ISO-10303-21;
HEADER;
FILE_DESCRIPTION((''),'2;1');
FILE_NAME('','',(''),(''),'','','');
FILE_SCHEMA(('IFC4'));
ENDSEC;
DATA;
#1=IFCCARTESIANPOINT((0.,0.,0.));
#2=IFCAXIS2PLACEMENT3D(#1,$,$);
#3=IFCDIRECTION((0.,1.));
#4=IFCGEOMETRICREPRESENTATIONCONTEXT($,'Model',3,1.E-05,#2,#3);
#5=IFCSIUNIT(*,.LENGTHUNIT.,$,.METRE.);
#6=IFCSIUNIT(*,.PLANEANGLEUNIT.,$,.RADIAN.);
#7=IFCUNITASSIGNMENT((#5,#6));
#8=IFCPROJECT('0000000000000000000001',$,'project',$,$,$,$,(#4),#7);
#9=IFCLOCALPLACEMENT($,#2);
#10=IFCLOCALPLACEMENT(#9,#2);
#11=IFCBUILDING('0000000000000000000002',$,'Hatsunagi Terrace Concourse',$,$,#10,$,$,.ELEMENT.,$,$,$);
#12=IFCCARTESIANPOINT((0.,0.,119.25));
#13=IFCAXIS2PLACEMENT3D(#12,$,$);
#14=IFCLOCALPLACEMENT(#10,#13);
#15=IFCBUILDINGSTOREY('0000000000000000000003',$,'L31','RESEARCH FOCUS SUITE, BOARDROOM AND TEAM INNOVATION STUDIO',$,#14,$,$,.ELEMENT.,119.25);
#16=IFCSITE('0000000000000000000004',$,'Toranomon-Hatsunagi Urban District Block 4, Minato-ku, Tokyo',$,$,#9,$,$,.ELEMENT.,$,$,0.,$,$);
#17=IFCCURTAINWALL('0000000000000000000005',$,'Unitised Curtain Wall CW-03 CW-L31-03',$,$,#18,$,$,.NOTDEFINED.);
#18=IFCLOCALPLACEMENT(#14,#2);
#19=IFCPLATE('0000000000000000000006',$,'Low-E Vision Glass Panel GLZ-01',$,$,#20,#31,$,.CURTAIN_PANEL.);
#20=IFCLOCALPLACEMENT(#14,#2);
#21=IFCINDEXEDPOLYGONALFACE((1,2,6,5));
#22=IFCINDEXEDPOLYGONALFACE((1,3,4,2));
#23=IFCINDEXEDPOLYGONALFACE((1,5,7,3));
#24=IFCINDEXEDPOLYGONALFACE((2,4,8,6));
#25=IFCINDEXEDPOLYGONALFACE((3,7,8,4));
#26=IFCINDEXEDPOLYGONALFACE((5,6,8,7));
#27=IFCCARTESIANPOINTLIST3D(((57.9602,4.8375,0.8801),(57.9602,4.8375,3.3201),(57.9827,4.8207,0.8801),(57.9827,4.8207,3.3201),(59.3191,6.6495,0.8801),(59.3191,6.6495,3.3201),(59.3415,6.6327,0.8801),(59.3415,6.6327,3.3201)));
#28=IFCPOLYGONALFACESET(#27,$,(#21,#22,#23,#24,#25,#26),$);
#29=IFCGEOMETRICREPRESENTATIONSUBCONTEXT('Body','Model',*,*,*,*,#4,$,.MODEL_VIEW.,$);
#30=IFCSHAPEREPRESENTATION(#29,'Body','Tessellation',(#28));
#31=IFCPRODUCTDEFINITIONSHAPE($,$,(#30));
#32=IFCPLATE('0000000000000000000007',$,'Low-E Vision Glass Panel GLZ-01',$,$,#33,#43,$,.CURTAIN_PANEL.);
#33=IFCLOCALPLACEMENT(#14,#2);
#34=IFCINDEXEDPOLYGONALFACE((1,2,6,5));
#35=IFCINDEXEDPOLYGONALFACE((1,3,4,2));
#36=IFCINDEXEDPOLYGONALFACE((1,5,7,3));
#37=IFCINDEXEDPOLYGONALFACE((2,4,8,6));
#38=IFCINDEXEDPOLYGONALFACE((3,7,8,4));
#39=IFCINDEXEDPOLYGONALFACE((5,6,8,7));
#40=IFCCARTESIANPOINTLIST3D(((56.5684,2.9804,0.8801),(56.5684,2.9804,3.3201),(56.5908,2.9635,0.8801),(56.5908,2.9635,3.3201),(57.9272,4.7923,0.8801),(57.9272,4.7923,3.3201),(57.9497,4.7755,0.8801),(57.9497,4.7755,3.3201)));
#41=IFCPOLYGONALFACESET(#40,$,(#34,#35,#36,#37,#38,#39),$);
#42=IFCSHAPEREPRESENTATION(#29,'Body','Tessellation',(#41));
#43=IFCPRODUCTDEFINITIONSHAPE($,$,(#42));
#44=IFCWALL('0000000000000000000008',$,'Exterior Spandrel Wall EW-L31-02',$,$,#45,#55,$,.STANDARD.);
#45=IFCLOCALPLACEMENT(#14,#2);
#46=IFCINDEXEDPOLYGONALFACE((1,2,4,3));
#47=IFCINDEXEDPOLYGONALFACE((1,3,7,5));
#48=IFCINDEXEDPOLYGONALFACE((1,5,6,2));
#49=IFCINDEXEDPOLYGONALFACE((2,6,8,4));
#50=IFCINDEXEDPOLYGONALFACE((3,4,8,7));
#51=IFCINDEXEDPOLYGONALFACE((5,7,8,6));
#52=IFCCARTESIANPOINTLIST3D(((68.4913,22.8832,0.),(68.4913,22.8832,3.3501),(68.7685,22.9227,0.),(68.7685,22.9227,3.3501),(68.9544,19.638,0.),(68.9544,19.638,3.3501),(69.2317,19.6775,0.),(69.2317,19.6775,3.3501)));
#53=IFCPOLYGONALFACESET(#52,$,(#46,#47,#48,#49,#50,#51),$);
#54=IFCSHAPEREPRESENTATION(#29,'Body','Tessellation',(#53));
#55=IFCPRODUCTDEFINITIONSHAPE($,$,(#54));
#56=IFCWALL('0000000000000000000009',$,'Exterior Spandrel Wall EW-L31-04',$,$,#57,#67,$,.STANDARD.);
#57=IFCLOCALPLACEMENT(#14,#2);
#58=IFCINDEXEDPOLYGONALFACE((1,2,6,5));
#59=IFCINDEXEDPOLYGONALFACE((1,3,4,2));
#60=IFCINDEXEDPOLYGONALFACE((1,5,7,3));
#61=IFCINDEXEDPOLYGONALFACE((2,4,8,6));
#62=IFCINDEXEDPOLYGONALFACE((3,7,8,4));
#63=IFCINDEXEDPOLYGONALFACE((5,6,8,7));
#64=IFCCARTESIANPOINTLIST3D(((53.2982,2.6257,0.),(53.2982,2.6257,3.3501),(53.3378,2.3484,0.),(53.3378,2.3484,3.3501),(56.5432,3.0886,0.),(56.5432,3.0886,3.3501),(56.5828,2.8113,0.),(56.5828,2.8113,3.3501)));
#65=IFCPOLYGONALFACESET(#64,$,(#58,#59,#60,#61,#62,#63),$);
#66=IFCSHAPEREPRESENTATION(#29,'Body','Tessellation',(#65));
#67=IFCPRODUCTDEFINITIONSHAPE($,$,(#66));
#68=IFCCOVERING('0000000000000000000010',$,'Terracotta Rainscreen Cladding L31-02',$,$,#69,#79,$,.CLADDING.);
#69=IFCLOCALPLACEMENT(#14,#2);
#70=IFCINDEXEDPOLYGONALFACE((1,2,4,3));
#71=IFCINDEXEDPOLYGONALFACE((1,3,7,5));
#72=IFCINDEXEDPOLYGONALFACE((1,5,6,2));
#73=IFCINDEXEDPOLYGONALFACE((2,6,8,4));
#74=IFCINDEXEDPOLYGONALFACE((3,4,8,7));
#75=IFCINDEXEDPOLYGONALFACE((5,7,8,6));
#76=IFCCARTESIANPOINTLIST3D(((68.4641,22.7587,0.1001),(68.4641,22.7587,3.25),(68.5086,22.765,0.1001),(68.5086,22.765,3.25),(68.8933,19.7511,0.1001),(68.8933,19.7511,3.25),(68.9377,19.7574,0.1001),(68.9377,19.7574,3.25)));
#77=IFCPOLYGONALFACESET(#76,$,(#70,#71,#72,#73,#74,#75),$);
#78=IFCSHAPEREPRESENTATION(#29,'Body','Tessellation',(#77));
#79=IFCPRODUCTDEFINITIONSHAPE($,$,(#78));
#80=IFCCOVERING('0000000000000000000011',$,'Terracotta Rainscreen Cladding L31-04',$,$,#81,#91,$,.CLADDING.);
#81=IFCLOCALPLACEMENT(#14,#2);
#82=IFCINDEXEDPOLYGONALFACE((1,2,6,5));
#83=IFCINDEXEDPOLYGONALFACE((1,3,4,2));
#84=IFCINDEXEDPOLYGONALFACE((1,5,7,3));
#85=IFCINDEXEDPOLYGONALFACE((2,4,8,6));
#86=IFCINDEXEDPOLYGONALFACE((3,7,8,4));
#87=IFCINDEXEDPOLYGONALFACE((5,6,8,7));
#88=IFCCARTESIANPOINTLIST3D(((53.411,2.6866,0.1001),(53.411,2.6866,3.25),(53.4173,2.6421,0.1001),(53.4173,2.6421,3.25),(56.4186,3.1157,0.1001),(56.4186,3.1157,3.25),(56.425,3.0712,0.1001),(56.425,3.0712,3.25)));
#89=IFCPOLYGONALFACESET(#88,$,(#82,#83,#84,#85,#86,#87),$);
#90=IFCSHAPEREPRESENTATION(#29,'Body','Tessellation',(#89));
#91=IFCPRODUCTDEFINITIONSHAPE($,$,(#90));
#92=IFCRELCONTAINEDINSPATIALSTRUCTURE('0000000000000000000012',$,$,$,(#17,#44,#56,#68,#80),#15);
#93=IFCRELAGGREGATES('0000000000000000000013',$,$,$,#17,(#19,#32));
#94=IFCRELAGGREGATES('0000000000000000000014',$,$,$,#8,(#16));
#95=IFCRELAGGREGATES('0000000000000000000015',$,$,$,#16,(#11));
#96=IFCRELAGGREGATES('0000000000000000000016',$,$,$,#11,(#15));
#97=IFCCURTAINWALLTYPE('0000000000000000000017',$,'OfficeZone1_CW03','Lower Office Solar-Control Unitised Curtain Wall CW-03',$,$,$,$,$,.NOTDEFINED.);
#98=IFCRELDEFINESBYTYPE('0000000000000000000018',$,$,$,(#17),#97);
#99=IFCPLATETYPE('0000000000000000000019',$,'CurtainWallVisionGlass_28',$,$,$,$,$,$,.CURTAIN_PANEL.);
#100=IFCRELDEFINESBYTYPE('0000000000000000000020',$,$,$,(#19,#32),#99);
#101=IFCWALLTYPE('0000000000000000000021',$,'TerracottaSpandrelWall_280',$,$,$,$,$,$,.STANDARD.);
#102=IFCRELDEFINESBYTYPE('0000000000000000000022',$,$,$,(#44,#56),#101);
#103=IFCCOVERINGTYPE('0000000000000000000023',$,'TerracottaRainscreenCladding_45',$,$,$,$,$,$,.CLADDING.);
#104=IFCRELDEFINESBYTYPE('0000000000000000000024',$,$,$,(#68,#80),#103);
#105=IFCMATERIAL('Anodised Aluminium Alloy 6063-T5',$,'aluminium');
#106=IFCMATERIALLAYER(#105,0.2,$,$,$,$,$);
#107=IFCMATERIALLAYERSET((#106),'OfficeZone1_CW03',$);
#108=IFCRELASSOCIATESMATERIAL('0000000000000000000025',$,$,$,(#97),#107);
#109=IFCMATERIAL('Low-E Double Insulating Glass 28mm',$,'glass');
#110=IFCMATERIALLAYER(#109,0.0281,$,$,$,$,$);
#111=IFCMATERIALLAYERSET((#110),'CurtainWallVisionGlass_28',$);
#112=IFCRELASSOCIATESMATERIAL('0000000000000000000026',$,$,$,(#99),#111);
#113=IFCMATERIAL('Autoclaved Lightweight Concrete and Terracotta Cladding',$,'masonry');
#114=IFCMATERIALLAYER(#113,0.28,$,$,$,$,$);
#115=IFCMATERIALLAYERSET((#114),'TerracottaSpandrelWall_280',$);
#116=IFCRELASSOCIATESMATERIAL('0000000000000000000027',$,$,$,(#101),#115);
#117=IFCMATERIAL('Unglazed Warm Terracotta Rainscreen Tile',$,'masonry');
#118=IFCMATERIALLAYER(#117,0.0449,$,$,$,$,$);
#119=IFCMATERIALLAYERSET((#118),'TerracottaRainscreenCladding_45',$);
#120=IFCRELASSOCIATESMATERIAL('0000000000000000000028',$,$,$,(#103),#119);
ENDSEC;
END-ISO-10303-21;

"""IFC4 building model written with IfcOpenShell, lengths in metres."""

from ifc_helpers import new_model, si_unit, direction, frame, frame_2d, origin, origin_2d, place, context, subcontext, project, spatial, rectangle, extrude, material, layer, layer_set, type_object, element, aggregate, save


model = new_model("IFC4")

# Units and contexts
model_context = context("Model", 3, precision=1e-05, world=origin(), true_north=direction((0.0, 1.0)))
body_context = subcontext(model_context, "Body", "Model", "MODEL_VIEW")
ifc_project = project(units=[si_unit("LENGTHUNIT", "METRE"), si_unit("PLANEANGLEUNIT", "RADIAN")], contexts=[model_context])

# Site, building, storey
site_placement = place(None, origin())
site = spatial("IfcSite", under=ifc_project, at=site_placement, Name="Toranomon-Hatsunagi Urban District Block 4, Minato-ku, Tokyo", CompositionType="ELEMENT", RefElevation=0.0)
building_placement = place(site_placement, origin())
building = spatial("IfcBuilding", under=site, at=building_placement, Name="Hatsunagi Terrace Concourse", CompositionType="ELEMENT")
storey_placement = place(building_placement, frame((0.0, 0.0, 119.25)))
storey = spatial("IfcBuildingStorey", under=building, at=storey_placement, Name="L31", Description="RESEARCH FOCUS SUITE, BOARDROOM AND TEAM INNOVATION STUDIO", CompositionType="ELEMENT", Elevation=119.25)

# Curtain wall
ifc_material_1 = material(Name="Anodised Aluminium Alloy 6063-T5", Category="aluminium")
ifc_layer_1 = layer(ifc_material_1, 0.2)
ifc_layer_set_1 = layer_set([ifc_layer_1], Name="OfficeZone1_CW03")
curtain_wall_type = type_object("IfcCurtainWallType", Name="OfficeZone1_CW03", Description="Lower Office Solar-Control Unitised Curtain Wall CW-03", PredefinedType="NOTDEFINED", material=ifc_layer_set_1)
curtain_wall_placement = place(storey_placement, origin())
curtain_wall = element("IfcCurtainWall", 1, at=curtain_wall_placement, inside=storey, type_object=curtain_wall_type, Name="Unitised Curtain Wall CW-03 CW-L31-03", PredefinedType="NOTDEFINED")

# Plates
ifc_material_2 = material(Name="Low-E Double Insulating Glass 28mm", Category="glass")
ifc_layer_2 = layer(ifc_material_2, 0.0281)
ifc_layer_set_2 = layer_set([ifc_layer_2], Name="CurtainWallVisionGlass_28")
plate_type_1 = type_object("IfcPlateType", Name="CurtainWallVisionGlass_28", PredefinedType="CURTAIN_PANEL", material=ifc_layer_set_2)
plate_1_placement = place(storey_placement, frame((58.6509, 5.7351, 0.8801), z_axis=(0.0, 0.0, 1.0), x_axis=(-0.599969, -0.800023, 0.0)))
plate_1 = element("IfcPlate", 2, at=plate_1_placement, type_object=plate_type_1, Name="Low-E Vision Glass Panel GLZ-01", PredefinedType="CURTAIN_PANEL", context=body_context, shape_type="SweptSolid", body=[
    extrude(rectangle(XDim=2.2649, YDim=0.0281, at=origin_2d()), origin(), (0.0, 0.0, 1.0), 2.4399),
])
plate_2_placement = place(storey_placement, frame((57.259, 3.8779, 0.8801), z_axis=(0.0, 0.0, 1.0), x_axis=(-0.599969, -0.800023, 0.0)))
plate_2 = element("IfcPlate", 3, at=plate_2_placement, type_object=plate_type_1, Name="Low-E Vision Glass Panel GLZ-01", PredefinedType="CURTAIN_PANEL", context=body_context, shape_type="SweptSolid", body=[
    extrude(rectangle(XDim=2.2649, YDim=0.0281, at=origin_2d()), origin(), (0.0, 0.0, 1.0), 2.4399),
])
aggregate(curtain_wall, [plate_1, plate_2])

# Walls
ifc_material_3 = material(Name="Autoclaved Lightweight Concrete and Terracotta Cladding", Category="masonry")
ifc_layer_3 = layer(ifc_material_3, 0.28)
ifc_layer_set_3 = layer_set([ifc_layer_3], Name="TerracottaSpandrelWall_280")
wall_type = type_object("IfcWallType", Name="TerracottaSpandrelWall_280", PredefinedType="STANDARD", material=ifc_layer_set_3)
wall_1_placement = place(storey_placement, frame((68.6299, 22.9031, 0.0), z_axis=(0.0, 0.0, 1.0), x_axis=(0.141286, -0.989969, 0.0)))
element("IfcWall", 4, at=wall_1_placement, inside=storey, type_object=wall_type, Name="Exterior Spandrel Wall EW-L31-02", PredefinedType="STANDARD", context=body_context, shape_type="SweptSolid", body=[
    extrude(rectangle(XDim=3.2781, YDim=0.28, at=frame_2d((1.6392, 0.0))), origin(), (0.0, 0.0, 1.0), 3.3501),
])
wall_2_placement = place(storey_placement, frame((56.563, 2.95, 0.0), z_axis=(0.0, 0.0, 1.0), x_axis=(-0.989978, -0.141223, 0.0)))
element("IfcWall", 5, at=wall_2_placement, inside=storey, type_object=wall_type, Name="Exterior Spandrel Wall EW-L31-04", PredefinedType="STANDARD", context=body_context, shape_type="SweptSolid", body=[
    extrude(rectangle(XDim=3.2778, YDim=0.28, at=frame_2d((1.6389, 0.0))), origin(), (0.0, 0.0, 1.0), 3.3501),
])

# Coverings
ifc_material_4 = material(Name="Unglazed Warm Terracotta Rainscreen Tile", Category="masonry")
ifc_layer_4 = layer(ifc_material_4, 0.0449)
ifc_layer_set_4 = layer_set([ifc_layer_4], Name="TerracottaRainscreenCladding_45")
covering_type = type_object("IfcCoveringType", Name="TerracottaRainscreenCladding_45", PredefinedType="CLADDING", material=ifc_layer_set_4)
for number, where, z_axis, x_axis, name in (
    (6, (68.7009, 21.2581, 0.1001), (0.0, 0.0, 1.0), (0.14125, -0.989974, 0.0), "Terracotta Rainscreen Cladding L31-02"),
    (7, (54.918, 2.8789, 0.1001), (0.0, 0.0, 1.0), (-0.989974, -0.14125, 0.0), "Terracotta Rainscreen Cladding L31-04"),
):
    element("IfcCovering", number, at=place(storey_placement, frame(where, z_axis=z_axis, x_axis=x_axis)), inside=storey, type_object=covering_type, Name=name, PredefinedType="CLADDING", context=body_context, shape_type="SweptSolid", body=[
        extrude(rectangle(XDim=3.0381, YDim=0.0449, at=origin_2d()), origin(), (0.0, 0.0, 1.0), 3.1499),
    ])

save(model, "model.ifc")
